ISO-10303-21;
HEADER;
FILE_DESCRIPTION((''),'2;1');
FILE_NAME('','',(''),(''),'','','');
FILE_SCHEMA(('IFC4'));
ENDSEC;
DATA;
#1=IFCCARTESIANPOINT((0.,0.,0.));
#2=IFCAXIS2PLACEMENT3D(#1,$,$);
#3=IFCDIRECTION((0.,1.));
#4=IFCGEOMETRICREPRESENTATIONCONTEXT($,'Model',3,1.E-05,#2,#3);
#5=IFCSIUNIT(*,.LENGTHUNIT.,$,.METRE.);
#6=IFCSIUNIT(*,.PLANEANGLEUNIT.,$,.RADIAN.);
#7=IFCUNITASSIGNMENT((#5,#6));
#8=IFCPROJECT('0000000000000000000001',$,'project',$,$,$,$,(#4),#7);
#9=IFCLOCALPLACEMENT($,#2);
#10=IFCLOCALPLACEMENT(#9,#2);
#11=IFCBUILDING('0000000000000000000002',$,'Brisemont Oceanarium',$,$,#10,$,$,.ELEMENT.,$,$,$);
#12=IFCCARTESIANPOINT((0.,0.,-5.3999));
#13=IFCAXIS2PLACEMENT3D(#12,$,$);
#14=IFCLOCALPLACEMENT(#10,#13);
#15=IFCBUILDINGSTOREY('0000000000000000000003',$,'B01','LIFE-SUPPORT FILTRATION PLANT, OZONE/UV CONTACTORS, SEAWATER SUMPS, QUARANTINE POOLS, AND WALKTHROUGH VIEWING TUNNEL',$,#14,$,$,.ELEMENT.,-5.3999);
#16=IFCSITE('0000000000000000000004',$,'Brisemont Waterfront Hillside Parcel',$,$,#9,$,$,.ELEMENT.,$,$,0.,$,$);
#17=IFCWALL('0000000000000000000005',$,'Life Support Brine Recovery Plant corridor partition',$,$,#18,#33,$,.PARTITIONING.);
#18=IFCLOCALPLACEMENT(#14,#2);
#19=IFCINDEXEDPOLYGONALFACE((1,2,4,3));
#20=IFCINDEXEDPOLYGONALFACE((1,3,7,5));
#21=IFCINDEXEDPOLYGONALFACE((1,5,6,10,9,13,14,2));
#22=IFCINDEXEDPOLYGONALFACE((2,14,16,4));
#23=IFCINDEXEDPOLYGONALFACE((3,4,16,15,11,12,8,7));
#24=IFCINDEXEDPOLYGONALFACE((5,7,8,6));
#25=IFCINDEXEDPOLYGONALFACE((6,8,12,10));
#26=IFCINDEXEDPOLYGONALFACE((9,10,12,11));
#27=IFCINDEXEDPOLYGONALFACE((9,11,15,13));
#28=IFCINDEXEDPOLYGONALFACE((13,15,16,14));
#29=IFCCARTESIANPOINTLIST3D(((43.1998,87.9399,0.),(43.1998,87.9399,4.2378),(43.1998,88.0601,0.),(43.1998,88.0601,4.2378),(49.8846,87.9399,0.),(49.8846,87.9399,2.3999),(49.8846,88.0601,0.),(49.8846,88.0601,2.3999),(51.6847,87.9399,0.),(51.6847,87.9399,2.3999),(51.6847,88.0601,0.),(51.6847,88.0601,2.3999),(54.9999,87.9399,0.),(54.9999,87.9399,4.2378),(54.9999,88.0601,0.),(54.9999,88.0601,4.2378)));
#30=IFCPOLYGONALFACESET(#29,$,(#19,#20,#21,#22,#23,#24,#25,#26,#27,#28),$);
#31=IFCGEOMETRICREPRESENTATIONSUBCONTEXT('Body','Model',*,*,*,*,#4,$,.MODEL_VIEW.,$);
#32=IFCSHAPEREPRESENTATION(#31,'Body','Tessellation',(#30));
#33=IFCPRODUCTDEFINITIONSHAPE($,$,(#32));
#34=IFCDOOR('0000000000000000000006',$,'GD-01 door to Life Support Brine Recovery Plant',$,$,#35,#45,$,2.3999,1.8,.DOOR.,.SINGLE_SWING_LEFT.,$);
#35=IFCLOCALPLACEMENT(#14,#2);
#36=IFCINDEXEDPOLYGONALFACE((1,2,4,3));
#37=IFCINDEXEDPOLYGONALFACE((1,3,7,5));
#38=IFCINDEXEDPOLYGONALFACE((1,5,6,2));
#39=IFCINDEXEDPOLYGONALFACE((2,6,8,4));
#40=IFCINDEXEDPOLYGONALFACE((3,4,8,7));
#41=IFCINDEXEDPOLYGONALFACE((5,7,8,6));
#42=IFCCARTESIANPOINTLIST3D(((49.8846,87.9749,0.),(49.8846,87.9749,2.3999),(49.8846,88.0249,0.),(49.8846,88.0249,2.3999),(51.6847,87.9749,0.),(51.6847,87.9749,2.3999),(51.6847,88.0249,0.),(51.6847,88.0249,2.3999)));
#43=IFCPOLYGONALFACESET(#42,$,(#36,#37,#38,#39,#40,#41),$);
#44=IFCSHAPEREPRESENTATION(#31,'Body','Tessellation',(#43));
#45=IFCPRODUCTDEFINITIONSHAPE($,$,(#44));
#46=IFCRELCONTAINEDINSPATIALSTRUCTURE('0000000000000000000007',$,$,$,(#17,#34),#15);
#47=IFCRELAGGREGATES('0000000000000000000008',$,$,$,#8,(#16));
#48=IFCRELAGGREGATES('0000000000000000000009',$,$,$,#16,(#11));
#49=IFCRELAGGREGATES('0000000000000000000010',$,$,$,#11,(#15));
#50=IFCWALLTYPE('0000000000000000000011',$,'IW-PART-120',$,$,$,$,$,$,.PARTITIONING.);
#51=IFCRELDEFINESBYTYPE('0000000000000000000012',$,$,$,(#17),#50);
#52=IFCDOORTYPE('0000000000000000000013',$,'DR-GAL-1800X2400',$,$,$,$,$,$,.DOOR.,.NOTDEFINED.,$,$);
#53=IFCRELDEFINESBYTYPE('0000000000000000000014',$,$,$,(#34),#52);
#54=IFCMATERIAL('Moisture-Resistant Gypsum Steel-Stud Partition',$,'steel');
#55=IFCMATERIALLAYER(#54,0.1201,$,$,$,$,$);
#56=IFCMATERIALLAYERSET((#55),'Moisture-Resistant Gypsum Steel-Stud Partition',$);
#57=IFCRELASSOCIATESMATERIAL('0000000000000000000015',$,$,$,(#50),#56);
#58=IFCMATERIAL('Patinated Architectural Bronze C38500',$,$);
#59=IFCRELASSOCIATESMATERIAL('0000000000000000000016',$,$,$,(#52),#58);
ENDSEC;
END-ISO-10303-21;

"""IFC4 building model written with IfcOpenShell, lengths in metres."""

from ifc_helpers import new_model, si_unit, direction, frame, frame_2d, origin, place, context, subcontext, project, spatial, rectangle, extrude, material, layer, layer_set, type_object, element, fill, save


model = new_model("IFC4")

# Units and contexts
model_context = context("Model", 3, precision=1e-05, world=origin(), true_north=direction((0.0, 1.0)))
body_context = subcontext(model_context, "Body", "Model", "MODEL_VIEW")
ifc_project = project(units=[si_unit("LENGTHUNIT", "METRE"), si_unit("PLANEANGLEUNIT", "RADIAN")], contexts=[model_context])

# Site, building, storey
site_placement = place(None, origin())
site = spatial("IfcSite", under=ifc_project, at=site_placement, Name="Brisemont Waterfront Hillside Parcel", CompositionType="ELEMENT", RefElevation=0.0)
building_placement = place(site_placement, origin())
building = spatial("IfcBuilding", under=site, at=building_placement, Name="Brisemont Oceanarium", CompositionType="ELEMENT")
storey_placement = place(building_placement, frame((0.0, 0.0, -5.3999)))
storey = spatial("IfcBuildingStorey", under=building, at=storey_placement, Name="B01", Description="LIFE-SUPPORT FILTRATION PLANT, OZONE/UV CONTACTORS, SEAWATER SUMPS, QUARANTINE POOLS, AND WALKTHROUGH VIEWING TUNNEL", CompositionType="ELEMENT", Elevation=-5.3999)

# Wall, opening, door
ifc_material_1 = material(Name="Moisture-Resistant Gypsum Steel-Stud Partition", Category="steel")
ifc_layer_1 = layer(ifc_material_1, 0.1201)
ifc_layer_set_1 = layer_set([ifc_layer_1], Name="Moisture-Resistant Gypsum Steel-Stud Partition")
wall_type_1 = type_object("IfcWallType", Name="IW-PART-120", PredefinedType="PARTITIONING", material=ifc_layer_set_1)
wall_1_placement = place(storey_placement, frame((43.2, 88.0, 0.0), z_axis=(0.0, 0.0, 1.0), x_axis=(1.0, 0.0, 0.0)))
wall_1 = element("IfcWall", 1, at=wall_1_placement, inside=storey, type_object=wall_type_1, Name="Life Support Brine Recovery Plant corridor partition", PredefinedType="PARTITIONING", context=body_context, shape_type="SweptSolid", body=[
    extrude(rectangle(XDim=11.8, YDim=0.1201, at=frame_2d((5.8999, 0.0))), origin(), (0.0, 0.0, 1.0), 4.2378),
])
opening_1_placement = place(wall_1_placement, frame((6.6848, 0.0, 0.0)))
opening_1 = element("IfcOpeningElement", 2, at=opening_1_placement, cuts=wall_1, PredefinedType="OPENING", context=body_context, shape_type="SweptSolid", body=[
    extrude(rectangle(XDim=1.8, YDim=2.3999, at=frame_2d((0.8999, 1.2))), frame((0.0, 0.0701, 0.0), z_axis=(0.0, -1.0, 0.0), x_axis=(1.0, 0.0, 0.0)), (0.0, 0.0, 1.0), 0.1401),
])
ifc_material_2 = material(Name="Patinated Architectural Bronze C38500")
door_type_1 = type_object("IfcDoorType", Name="DR-GAL-1800X2400", OperationType="NOTDEFINED", PredefinedType="DOOR", material=ifc_material_2)
door_1_placement = place(opening_1_placement, origin())
door_1 = element("IfcDoor", 3, at=door_1_placement, inside=storey, type_object=door_type_1, Name="GD-01 door to Life Support Brine Recovery Plant", OperationType="SINGLE_SWING_LEFT", OverallHeight=2.3999, OverallWidth=1.8, PredefinedType="DOOR", context=body_context, shape_type="SweptSolid", body=[
    extrude(rectangle(XDim=1.8, YDim=2.3999, at=frame_2d((0.8999, 1.2))), frame((0.0, 0.0249, 0.0), z_axis=(0.0, -1.0, 0.0), x_axis=(1.0, 0.0, 0.0)), (0.0, 0.0, 1.0), 0.05),
])
fill(opening_1, door_1)

save(model, "model.ifc")
